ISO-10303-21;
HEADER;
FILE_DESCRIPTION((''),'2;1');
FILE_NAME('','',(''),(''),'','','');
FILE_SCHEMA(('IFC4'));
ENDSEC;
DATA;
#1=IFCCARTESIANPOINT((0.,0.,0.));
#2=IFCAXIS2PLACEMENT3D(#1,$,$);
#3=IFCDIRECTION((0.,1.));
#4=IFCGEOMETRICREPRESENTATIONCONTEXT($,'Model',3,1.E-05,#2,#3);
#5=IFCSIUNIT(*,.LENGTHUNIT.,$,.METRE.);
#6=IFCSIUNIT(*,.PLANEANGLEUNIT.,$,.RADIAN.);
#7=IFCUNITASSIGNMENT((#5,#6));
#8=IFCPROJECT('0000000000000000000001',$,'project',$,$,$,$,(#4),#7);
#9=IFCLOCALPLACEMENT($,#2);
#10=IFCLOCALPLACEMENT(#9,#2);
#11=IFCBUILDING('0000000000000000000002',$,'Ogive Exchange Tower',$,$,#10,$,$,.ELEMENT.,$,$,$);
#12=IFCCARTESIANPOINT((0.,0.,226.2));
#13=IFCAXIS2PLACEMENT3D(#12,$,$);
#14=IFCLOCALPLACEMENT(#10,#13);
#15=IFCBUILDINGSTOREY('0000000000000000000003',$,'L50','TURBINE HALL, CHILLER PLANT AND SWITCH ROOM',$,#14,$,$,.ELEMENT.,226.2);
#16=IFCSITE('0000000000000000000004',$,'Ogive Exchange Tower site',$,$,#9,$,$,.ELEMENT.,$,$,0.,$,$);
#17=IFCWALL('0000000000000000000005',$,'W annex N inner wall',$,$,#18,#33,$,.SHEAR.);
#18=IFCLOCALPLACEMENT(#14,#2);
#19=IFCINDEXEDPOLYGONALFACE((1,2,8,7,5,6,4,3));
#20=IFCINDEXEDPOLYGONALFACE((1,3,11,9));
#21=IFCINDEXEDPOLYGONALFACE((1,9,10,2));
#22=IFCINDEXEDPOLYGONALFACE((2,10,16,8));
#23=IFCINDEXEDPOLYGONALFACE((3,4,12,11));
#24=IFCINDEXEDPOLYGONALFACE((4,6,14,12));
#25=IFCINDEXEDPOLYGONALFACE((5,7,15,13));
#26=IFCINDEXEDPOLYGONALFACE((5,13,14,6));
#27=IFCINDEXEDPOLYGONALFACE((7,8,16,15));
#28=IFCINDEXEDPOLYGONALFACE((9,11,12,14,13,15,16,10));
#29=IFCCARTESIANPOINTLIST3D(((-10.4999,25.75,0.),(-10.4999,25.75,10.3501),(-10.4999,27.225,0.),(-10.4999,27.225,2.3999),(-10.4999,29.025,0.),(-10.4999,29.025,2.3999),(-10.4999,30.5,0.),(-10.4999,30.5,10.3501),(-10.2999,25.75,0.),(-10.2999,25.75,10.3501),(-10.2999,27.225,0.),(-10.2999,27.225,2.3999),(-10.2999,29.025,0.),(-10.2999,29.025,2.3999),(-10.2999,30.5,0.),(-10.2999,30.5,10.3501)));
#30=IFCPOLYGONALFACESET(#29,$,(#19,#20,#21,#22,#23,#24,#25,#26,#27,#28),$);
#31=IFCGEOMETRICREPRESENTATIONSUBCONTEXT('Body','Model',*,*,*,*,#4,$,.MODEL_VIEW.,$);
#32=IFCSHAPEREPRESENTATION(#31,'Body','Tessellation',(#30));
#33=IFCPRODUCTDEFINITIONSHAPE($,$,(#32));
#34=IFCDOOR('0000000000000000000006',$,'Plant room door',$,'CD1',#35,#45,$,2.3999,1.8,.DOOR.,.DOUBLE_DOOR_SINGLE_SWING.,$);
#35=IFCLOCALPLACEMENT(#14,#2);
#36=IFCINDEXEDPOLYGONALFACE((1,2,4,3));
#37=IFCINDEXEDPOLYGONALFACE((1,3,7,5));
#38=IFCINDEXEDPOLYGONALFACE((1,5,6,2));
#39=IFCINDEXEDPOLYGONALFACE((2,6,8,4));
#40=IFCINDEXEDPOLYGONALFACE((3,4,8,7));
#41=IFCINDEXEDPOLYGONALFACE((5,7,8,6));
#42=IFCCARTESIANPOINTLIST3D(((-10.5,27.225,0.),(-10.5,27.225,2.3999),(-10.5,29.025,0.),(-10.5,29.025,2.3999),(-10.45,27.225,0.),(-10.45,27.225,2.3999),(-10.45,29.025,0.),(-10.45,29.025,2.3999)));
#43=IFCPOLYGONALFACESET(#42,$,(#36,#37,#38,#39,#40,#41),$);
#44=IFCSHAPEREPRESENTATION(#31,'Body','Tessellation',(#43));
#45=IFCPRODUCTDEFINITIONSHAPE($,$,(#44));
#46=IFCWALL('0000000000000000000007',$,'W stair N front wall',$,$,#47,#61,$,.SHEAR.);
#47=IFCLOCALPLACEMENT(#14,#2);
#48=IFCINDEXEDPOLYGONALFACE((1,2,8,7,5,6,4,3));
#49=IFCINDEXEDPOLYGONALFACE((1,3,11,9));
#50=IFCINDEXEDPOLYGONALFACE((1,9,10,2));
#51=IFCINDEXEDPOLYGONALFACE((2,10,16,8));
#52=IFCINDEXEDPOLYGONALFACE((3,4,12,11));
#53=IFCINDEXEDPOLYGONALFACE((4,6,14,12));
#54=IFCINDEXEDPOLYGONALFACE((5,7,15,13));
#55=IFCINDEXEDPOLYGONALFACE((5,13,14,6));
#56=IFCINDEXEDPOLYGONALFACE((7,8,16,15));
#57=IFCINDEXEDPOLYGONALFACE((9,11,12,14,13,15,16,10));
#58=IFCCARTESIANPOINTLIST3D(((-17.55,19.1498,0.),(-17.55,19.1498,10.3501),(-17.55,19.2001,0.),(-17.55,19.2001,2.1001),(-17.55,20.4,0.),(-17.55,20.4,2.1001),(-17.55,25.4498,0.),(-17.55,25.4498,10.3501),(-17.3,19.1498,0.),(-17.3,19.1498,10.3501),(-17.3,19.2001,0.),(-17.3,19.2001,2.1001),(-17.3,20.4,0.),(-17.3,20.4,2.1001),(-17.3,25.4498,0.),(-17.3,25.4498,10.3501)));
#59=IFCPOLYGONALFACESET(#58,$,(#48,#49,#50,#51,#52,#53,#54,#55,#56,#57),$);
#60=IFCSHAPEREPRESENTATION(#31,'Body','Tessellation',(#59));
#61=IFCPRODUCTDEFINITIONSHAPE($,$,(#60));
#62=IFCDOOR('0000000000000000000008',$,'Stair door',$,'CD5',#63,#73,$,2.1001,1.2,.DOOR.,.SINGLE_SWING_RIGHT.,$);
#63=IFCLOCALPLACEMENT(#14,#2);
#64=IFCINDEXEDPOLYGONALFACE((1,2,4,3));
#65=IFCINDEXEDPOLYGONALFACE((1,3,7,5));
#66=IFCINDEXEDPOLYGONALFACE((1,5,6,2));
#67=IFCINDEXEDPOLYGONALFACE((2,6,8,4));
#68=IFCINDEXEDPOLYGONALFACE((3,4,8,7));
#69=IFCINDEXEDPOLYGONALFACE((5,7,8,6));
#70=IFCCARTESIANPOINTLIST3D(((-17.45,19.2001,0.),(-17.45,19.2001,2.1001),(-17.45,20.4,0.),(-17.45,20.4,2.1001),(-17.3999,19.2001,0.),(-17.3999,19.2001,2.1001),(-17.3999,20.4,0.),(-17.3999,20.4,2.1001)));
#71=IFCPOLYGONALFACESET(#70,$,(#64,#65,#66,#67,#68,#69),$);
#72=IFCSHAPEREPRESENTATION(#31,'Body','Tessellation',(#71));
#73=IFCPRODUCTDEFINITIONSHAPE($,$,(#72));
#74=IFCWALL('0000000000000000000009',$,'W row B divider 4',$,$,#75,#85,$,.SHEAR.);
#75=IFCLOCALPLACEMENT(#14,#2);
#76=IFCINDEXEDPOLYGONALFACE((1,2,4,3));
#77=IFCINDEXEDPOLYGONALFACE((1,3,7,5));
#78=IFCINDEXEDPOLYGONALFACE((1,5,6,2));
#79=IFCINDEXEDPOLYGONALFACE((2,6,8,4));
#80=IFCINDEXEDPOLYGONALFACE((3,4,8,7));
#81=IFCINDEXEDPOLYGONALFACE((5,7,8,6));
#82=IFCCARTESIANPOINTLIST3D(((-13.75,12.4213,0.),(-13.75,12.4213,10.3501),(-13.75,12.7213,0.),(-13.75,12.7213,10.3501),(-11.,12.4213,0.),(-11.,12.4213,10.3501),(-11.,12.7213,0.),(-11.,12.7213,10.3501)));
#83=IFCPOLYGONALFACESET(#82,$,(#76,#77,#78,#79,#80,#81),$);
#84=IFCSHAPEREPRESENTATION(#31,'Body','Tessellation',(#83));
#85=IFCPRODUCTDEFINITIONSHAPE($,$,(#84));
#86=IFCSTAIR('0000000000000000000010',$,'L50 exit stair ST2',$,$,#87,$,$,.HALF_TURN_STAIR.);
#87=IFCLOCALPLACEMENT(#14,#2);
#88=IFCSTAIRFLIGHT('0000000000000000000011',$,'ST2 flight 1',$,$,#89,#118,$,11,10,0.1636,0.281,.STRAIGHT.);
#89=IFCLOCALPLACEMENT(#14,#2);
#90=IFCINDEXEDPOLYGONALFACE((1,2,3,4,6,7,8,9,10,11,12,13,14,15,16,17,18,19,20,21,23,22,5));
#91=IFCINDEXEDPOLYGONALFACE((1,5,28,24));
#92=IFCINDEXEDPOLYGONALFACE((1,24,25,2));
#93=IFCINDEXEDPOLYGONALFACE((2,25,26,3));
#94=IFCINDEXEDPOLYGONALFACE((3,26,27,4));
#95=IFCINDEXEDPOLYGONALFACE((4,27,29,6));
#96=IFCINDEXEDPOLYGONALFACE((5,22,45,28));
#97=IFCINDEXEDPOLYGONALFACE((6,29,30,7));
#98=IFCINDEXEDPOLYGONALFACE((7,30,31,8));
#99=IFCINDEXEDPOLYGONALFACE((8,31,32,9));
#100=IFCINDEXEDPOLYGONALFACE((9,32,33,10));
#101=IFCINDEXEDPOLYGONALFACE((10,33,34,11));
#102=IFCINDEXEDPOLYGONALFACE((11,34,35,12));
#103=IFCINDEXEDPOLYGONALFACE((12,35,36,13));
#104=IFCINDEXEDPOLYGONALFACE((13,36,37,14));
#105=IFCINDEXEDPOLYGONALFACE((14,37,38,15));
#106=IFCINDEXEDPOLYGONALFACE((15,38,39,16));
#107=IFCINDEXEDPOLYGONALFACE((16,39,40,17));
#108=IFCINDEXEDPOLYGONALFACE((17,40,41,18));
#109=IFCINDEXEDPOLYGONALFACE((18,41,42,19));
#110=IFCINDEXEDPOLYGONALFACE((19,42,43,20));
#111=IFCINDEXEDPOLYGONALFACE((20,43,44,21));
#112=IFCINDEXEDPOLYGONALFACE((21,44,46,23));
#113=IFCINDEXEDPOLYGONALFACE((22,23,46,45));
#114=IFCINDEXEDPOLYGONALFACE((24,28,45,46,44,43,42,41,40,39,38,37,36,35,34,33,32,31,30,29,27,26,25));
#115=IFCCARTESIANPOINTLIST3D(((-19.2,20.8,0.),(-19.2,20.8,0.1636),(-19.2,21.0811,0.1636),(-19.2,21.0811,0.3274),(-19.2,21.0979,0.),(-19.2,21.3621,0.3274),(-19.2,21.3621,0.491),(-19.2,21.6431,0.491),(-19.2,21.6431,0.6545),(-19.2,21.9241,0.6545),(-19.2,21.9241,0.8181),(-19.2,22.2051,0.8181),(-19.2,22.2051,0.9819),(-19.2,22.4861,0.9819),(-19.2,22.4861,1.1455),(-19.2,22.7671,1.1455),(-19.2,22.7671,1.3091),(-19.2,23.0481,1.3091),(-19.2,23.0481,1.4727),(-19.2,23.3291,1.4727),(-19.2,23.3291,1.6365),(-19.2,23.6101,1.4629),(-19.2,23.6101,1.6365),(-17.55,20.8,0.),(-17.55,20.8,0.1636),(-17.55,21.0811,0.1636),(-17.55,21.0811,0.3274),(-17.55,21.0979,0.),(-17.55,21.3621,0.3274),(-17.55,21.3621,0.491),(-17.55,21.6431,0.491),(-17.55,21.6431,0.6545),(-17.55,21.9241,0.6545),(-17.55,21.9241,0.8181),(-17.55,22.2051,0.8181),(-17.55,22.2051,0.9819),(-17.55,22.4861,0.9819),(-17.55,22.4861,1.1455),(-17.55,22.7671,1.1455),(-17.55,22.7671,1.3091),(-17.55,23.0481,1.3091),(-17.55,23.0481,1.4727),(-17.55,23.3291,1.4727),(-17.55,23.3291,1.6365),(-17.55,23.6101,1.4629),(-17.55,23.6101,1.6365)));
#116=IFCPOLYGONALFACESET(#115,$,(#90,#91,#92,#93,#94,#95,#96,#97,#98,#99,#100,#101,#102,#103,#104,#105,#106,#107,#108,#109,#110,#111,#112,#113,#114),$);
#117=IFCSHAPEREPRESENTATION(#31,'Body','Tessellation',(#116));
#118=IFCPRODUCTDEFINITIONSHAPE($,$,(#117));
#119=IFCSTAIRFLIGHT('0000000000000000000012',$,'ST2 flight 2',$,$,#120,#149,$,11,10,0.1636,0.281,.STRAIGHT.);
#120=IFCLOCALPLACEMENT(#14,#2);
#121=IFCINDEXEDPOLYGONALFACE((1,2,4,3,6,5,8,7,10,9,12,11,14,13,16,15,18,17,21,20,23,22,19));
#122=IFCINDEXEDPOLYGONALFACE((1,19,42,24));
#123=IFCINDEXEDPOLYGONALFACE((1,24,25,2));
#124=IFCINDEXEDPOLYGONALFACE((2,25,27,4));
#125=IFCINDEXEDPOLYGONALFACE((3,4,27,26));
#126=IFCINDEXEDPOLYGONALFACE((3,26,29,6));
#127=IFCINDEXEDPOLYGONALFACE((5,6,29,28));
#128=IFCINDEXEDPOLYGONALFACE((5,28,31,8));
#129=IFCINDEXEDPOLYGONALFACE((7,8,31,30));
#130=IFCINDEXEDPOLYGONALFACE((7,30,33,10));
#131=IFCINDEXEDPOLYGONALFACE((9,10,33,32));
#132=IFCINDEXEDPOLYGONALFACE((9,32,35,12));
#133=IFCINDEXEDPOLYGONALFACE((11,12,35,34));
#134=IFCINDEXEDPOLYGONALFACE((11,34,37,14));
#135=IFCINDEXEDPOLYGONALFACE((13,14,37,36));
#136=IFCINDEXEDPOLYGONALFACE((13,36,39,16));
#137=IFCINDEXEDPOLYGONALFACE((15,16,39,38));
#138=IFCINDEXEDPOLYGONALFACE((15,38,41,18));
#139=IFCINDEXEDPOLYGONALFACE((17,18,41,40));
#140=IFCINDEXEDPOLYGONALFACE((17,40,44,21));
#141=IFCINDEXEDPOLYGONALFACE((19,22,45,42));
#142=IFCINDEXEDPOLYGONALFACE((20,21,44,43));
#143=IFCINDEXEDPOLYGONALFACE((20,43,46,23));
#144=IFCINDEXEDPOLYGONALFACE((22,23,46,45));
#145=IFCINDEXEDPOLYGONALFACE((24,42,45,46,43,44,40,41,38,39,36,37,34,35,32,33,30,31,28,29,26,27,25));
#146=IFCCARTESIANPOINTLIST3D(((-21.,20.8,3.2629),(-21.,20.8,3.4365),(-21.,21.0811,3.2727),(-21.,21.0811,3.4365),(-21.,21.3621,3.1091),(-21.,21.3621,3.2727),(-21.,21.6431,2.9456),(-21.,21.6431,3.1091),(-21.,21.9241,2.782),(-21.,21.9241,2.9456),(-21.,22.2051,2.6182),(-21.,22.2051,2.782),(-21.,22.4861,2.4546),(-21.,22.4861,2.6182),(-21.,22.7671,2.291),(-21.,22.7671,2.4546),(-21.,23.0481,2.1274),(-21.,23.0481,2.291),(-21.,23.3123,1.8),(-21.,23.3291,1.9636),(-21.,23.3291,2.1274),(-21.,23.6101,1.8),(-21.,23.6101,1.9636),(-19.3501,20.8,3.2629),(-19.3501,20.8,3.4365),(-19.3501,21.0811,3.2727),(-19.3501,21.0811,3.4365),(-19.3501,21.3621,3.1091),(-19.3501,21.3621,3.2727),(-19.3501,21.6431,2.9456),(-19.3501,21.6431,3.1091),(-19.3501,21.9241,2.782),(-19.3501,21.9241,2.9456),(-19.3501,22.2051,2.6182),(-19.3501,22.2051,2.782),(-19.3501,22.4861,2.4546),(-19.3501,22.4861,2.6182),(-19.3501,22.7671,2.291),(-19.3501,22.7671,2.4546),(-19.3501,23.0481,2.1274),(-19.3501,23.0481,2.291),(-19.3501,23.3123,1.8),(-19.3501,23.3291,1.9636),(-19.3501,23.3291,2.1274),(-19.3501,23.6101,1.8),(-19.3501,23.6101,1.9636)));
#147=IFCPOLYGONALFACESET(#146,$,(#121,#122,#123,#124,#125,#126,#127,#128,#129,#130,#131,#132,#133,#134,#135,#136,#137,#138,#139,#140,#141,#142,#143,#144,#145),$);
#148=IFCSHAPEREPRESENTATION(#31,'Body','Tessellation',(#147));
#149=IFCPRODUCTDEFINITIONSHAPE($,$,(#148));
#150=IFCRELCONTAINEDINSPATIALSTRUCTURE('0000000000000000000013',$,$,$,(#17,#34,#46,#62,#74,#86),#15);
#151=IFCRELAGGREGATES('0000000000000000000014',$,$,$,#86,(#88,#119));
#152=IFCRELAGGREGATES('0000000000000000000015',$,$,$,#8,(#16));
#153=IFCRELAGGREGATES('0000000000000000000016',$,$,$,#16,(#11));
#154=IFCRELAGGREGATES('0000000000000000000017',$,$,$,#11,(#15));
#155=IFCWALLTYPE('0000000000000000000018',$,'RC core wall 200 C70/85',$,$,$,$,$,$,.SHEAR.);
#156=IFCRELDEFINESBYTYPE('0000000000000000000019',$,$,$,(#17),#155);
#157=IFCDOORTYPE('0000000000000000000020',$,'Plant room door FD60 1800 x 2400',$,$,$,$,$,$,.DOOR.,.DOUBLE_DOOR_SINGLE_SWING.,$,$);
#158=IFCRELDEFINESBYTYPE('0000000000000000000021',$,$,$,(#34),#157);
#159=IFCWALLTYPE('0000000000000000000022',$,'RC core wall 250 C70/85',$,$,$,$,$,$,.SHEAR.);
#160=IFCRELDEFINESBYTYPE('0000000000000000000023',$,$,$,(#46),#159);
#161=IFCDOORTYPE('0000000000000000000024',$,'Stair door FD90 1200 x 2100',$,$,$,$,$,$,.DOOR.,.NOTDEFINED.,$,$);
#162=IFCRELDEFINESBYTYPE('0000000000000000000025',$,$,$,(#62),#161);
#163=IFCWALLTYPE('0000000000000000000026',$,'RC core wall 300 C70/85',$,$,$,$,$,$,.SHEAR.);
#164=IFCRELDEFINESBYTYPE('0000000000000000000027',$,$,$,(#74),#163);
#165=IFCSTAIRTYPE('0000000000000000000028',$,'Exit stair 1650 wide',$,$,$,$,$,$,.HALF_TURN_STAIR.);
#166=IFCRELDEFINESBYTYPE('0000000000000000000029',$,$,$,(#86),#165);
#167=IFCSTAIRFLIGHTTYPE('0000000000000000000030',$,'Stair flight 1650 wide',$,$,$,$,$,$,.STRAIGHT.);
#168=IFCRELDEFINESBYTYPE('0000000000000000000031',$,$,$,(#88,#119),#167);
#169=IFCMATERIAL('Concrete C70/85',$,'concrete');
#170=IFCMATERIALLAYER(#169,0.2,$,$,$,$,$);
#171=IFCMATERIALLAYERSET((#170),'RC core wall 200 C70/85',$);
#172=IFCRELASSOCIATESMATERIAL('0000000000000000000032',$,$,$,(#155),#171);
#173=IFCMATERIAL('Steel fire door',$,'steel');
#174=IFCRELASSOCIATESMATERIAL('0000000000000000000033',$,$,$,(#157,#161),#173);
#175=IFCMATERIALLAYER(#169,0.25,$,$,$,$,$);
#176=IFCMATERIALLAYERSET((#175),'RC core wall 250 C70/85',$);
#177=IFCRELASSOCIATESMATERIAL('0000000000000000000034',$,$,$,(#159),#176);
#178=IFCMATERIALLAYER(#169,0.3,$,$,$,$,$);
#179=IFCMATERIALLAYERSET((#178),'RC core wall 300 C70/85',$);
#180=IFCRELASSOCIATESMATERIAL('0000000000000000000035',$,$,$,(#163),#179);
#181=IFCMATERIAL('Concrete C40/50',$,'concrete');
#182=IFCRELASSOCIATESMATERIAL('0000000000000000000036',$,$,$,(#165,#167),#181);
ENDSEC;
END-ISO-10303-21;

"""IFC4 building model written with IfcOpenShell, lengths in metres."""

from ifc_helpers import new_model, si_unit, direction, frame, frame_2d, origin, place, context, subcontext, project, spatial, polyline, rectangle, outline, extrude, material, layer, layer_set, type_object, element, fill, aggregate, save


model = new_model("IFC4")

# Units and contexts
model_context = context("Model", 3, precision=1e-05, world=origin(), true_north=direction((0.0, 1.0)))
body_context = subcontext(model_context, "Body", "Model", "MODEL_VIEW")
ifc_project = project(units=[si_unit("LENGTHUNIT", "METRE"), si_unit("PLANEANGLEUNIT", "RADIAN")], contexts=[model_context])

# Site, building, storey
site_placement = place(None, origin())
site = spatial("IfcSite", under=ifc_project, at=site_placement, Name="Ogive Exchange Tower site", CompositionType="ELEMENT", RefElevation=0.0)
building_placement = place(site_placement, origin())
building = spatial("IfcBuilding", under=site, at=building_placement, Name="Ogive Exchange Tower", CompositionType="ELEMENT")
storey_placement = place(building_placement, frame((0.0, 0.0, 226.2)))
storey = spatial("IfcBuildingStorey", under=building, at=storey_placement, Name="L50", Description="TURBINE HALL, CHILLER PLANT AND SWITCH ROOM", CompositionType="ELEMENT", Elevation=226.2)

# Walls, openings, doors
ifc_material_1 = material(Name="Concrete C70/85", Category="concrete")
ifc_layer_1 = layer(ifc_material_1, 0.2)
ifc_layer_set_1 = layer_set([ifc_layer_1], Name="RC core wall 200 C70/85")
wall_type_1 = type_object("IfcWallType", Name="RC core wall 200 C70/85", PredefinedType="SHEAR", material=ifc_layer_set_1)
wall_1_placement = place(storey_placement, frame((-10.3999, 25.75, 0.0), z_axis=(0.0, 0.0, 1.0), x_axis=(0.0, 1.0, 0.0)))
wall_1 = element("IfcWall", 1, at=wall_1_placement, inside=storey, type_object=wall_type_1, Name="W annex N inner wall", PredefinedType="SHEAR", context=body_context, shape_type="SweptSolid", body=[
    extrude(rectangle(XDim=4.75, YDim=0.2, at=frame_2d((2.375, 0.0))), origin(), (0.0, 0.0, 1.0), 10.3501),
])
opening_1_placement = place(wall_1_placement, frame((1.4751, 0.0, 0.0)))
opening_1 = element("IfcOpeningElement", 2, at=opening_1_placement, cuts=wall_1, PredefinedType="OPENING", context=body_context, shape_type="SweptSolid", body=[
    extrude(rectangle(XDim=1.8, YDim=2.3999, at=frame_2d((0.8999, 1.2))), frame((0.0, 0.1099, 0.0), z_axis=(0.0, -1.0, 0.0), x_axis=(1.0, 0.0, 0.0)), (0.0, 0.0, 1.0), 0.22),
])
ifc_material_2 = material(Name="Steel fire door", Category="steel")
door_type_1 = type_object("IfcDoorType", Name="Plant room door FD60 1800 x 2400", OperationType="DOUBLE_DOOR_SINGLE_SWING", PredefinedType="DOOR", material=ifc_material_2)
door_1_placement = place(opening_1_placement, origin())
door_1 = element("IfcDoor", 3, at=door_1_placement, inside=storey, type_object=door_type_1, Name="Plant room door", ObjectType="CD1", OperationType="DOUBLE_DOOR_SINGLE_SWING", OverallHeight=2.3999, OverallWidth=1.8, PredefinedType="DOOR", context=body_context, shape_type="SweptSolid", body=[
    extrude(rectangle(XDim=1.8, YDim=2.3999, at=frame_2d((0.8999, 1.2))), frame((0.0, 0.1001, 0.0), z_axis=(0.0, -1.0, 0.0), x_axis=(1.0, 0.0, 0.0)), (0.0, 0.0, 1.0), 0.05),
])
fill(opening_1, door_1)
ifc_layer_2 = layer(ifc_material_1, 0.25)
ifc_layer_set_2 = layer_set([ifc_layer_2], Name="RC core wall 250 C70/85")
wall_type_2 = type_object("IfcWallType", Name="RC core wall 250 C70/85", PredefinedType="SHEAR", material=ifc_layer_set_2)
wall_2_placement = place(storey_placement, frame((-17.425, 19.1499, 0.0), z_axis=(0.0, 0.0, 1.0), x_axis=(0.0, 1.0, 0.0)))
wall_2 = element("IfcWall", 4, at=wall_2_placement, inside=storey, type_object=wall_type_2, Name="W stair N front wall", PredefinedType="SHEAR", context=body_context, shape_type="SweptSolid", body=[
    extrude(rectangle(XDim=6.3, YDim=0.25, at=frame_2d((3.1499, 0.0))), origin(), (0.0, 0.0, 1.0), 10.3501),
])
opening_2_placement = place(wall_2_placement, frame((0.05, 0.0, 0.0)))
opening_2 = element("IfcOpeningElement", 5, at=opening_2_placement, cuts=wall_2, PredefinedType="OPENING", context=body_context, shape_type="SweptSolid", body=[
    extrude(rectangle(XDim=1.2, YDim=2.1001, at=frame_2d((0.6001, 1.05))), frame((0.0, 0.135, 0.0), z_axis=(0.0, -1.0, 0.0), x_axis=(1.0, 0.0, 0.0)), (0.0, 0.0, 1.0), 0.27),
])
door_type_2 = type_object("IfcDoorType", Name="Stair door FD90 1200 x 2100", OperationType="NOTDEFINED", PredefinedType="DOOR", material=ifc_material_2)
door_2_placement = place(opening_2_placement, origin())
door_2 = element("IfcDoor", 6, at=door_2_placement, inside=storey, type_object=door_type_2, Name="Stair door", ObjectType="CD5", OperationType="SINGLE_SWING_RIGHT", OverallHeight=2.1001, OverallWidth=1.2, PredefinedType="DOOR", context=body_context, shape_type="SweptSolid", body=[
    extrude(rectangle(XDim=1.2, YDim=2.1001, at=frame_2d((0.6001, 1.05))), frame((0.0, 0.0249, 0.0), z_axis=(0.0, -1.0, 0.0), x_axis=(1.0, 0.0, 0.0)), (0.0, 0.0, 1.0), 0.05),
])
fill(opening_2, door_2)

# Wall
ifc_layer_3 = layer(ifc_material_1, 0.3)
ifc_layer_set_3 = layer_set([ifc_layer_3], Name="RC core wall 300 C70/85")
wall_type_3 = type_object("IfcWallType", Name="RC core wall 300 C70/85", PredefinedType="SHEAR", material=ifc_layer_set_3)
wall_3_placement = place(storey_placement, frame((-13.75, 12.5713, 0.0), z_axis=(0.0, 0.0, 1.0), x_axis=(1.0, 0.0, 0.0)))
element("IfcWall", 7, at=wall_3_placement, inside=storey, type_object=wall_type_3, Name="W row B divider 4", PredefinedType="SHEAR", context=body_context, shape_type="SweptSolid", body=[
    extrude(rectangle(XDim=2.75, YDim=0.3, at=frame_2d((1.375, 0.0))), origin(), (0.0, 0.0, 1.0), 10.3501),
])

# Stair, stair flights
ifc_material_3 = material(Name="Concrete C40/50", Category="concrete")
stair_type = type_object("IfcStairType", Name="Exit stair 1650 wide", PredefinedType="HALF_TURN_STAIR", material=ifc_material_3)
stair_placement = place(storey_placement, origin())
stair = element("IfcStair", 8, at=stair_placement, inside=storey, type_object=stair_type, Name="L50 exit stair ST2", PredefinedType="HALF_TURN_STAIR")
stair_flight_type = type_object("IfcStairFlightType", Name="Stair flight 1650 wide", PredefinedType="STRAIGHT", material=ifc_material_3)
stair_flight_1_placement = place(storey_placement, frame((-18.375, 20.8, 0.0), z_axis=(0.0, 0.0, 1.0), x_axis=(0.0, 1.0, 0.0)))
stair_flight_1 = element("IfcStairFlight", 9, at=stair_flight_1_placement, type_object=stair_flight_type, Name="ST2 flight 1", NumberOfRisers=11, NumberOfTreads=10, PredefinedType="STRAIGHT", RiserHeight=0.1636, TreadLength=0.281, context=body_context, shape_type="SweptSolid", body=[
    extrude(outline(polyline([(0.0, 0.0), (0.0, 0.1636), (0.281, 0.1636), (0.281, 0.3274), (0.562, 0.3274), (0.562, 0.491), (0.843, 0.491), (0.843, 0.6545), (1.124, 0.6545), (1.124, 0.8181), (1.405, 0.8181), (1.405, 0.9819), (1.686, 0.9819), (1.686, 1.1455), (1.967, 1.1455), (1.967, 1.3091), (2.248, 1.3091), (2.248, 1.4727), (2.5291, 1.4727), (2.5291, 1.6365), (2.8101, 1.6365), (2.8101, 1.8), (2.8101, 1.4629), (0.2979, 0.0), (0.0, 0.0)])), frame((0.0, 0.825, 0.0), z_axis=(0.0, -1.0, 0.0), x_axis=(1.0, 0.0, 0.0)), (0.0, 0.0, 1.0), 1.6499),
])
stair_flight_2_placement = place(storey_placement, frame((-20.175, 23.6101, 1.8), z_axis=(0.0, 0.0, 1.0), x_axis=(0.0, -1.0, 0.0)))
stair_flight_2 = element("IfcStairFlight", 10, at=stair_flight_2_placement, type_object=stair_flight_type, Name="ST2 flight 2", NumberOfRisers=11, NumberOfTreads=10, PredefinedType="STRAIGHT", RiserHeight=0.1636, TreadLength=0.281, context=body_context, shape_type="SweptSolid", body=[
    extrude(outline(polyline([(0.0, 0.0), (0.0, 0.1636), (0.281, 0.1636), (0.281, 0.3274), (0.562, 0.3274), (0.562, 0.491), (0.843, 0.491), (0.843, 0.6545), (1.124, 0.6545), (1.124, 0.8181), (1.405, 0.8181), (1.405, 0.9819), (1.686, 0.9819), (1.686, 1.1455), (1.967, 1.1455), (1.967, 1.3091), (2.248, 1.3091), (2.248, 1.4727), (2.5291, 1.4727), (2.5291, 1.6365), (2.8101, 1.6365), (2.8101, 1.8), (2.8101, 1.4629), (0.2979, 0.0), (0.0, 0.0)])), frame((0.0, 0.825, 0.0), z_axis=(0.0, -1.0, 0.0), x_axis=(1.0, 0.0, 0.0)), (0.0, 0.0, 1.0), 1.6499),
])
aggregate(stair, [stair_flight_1, stair_flight_2])

save(model, "model.ifc")
